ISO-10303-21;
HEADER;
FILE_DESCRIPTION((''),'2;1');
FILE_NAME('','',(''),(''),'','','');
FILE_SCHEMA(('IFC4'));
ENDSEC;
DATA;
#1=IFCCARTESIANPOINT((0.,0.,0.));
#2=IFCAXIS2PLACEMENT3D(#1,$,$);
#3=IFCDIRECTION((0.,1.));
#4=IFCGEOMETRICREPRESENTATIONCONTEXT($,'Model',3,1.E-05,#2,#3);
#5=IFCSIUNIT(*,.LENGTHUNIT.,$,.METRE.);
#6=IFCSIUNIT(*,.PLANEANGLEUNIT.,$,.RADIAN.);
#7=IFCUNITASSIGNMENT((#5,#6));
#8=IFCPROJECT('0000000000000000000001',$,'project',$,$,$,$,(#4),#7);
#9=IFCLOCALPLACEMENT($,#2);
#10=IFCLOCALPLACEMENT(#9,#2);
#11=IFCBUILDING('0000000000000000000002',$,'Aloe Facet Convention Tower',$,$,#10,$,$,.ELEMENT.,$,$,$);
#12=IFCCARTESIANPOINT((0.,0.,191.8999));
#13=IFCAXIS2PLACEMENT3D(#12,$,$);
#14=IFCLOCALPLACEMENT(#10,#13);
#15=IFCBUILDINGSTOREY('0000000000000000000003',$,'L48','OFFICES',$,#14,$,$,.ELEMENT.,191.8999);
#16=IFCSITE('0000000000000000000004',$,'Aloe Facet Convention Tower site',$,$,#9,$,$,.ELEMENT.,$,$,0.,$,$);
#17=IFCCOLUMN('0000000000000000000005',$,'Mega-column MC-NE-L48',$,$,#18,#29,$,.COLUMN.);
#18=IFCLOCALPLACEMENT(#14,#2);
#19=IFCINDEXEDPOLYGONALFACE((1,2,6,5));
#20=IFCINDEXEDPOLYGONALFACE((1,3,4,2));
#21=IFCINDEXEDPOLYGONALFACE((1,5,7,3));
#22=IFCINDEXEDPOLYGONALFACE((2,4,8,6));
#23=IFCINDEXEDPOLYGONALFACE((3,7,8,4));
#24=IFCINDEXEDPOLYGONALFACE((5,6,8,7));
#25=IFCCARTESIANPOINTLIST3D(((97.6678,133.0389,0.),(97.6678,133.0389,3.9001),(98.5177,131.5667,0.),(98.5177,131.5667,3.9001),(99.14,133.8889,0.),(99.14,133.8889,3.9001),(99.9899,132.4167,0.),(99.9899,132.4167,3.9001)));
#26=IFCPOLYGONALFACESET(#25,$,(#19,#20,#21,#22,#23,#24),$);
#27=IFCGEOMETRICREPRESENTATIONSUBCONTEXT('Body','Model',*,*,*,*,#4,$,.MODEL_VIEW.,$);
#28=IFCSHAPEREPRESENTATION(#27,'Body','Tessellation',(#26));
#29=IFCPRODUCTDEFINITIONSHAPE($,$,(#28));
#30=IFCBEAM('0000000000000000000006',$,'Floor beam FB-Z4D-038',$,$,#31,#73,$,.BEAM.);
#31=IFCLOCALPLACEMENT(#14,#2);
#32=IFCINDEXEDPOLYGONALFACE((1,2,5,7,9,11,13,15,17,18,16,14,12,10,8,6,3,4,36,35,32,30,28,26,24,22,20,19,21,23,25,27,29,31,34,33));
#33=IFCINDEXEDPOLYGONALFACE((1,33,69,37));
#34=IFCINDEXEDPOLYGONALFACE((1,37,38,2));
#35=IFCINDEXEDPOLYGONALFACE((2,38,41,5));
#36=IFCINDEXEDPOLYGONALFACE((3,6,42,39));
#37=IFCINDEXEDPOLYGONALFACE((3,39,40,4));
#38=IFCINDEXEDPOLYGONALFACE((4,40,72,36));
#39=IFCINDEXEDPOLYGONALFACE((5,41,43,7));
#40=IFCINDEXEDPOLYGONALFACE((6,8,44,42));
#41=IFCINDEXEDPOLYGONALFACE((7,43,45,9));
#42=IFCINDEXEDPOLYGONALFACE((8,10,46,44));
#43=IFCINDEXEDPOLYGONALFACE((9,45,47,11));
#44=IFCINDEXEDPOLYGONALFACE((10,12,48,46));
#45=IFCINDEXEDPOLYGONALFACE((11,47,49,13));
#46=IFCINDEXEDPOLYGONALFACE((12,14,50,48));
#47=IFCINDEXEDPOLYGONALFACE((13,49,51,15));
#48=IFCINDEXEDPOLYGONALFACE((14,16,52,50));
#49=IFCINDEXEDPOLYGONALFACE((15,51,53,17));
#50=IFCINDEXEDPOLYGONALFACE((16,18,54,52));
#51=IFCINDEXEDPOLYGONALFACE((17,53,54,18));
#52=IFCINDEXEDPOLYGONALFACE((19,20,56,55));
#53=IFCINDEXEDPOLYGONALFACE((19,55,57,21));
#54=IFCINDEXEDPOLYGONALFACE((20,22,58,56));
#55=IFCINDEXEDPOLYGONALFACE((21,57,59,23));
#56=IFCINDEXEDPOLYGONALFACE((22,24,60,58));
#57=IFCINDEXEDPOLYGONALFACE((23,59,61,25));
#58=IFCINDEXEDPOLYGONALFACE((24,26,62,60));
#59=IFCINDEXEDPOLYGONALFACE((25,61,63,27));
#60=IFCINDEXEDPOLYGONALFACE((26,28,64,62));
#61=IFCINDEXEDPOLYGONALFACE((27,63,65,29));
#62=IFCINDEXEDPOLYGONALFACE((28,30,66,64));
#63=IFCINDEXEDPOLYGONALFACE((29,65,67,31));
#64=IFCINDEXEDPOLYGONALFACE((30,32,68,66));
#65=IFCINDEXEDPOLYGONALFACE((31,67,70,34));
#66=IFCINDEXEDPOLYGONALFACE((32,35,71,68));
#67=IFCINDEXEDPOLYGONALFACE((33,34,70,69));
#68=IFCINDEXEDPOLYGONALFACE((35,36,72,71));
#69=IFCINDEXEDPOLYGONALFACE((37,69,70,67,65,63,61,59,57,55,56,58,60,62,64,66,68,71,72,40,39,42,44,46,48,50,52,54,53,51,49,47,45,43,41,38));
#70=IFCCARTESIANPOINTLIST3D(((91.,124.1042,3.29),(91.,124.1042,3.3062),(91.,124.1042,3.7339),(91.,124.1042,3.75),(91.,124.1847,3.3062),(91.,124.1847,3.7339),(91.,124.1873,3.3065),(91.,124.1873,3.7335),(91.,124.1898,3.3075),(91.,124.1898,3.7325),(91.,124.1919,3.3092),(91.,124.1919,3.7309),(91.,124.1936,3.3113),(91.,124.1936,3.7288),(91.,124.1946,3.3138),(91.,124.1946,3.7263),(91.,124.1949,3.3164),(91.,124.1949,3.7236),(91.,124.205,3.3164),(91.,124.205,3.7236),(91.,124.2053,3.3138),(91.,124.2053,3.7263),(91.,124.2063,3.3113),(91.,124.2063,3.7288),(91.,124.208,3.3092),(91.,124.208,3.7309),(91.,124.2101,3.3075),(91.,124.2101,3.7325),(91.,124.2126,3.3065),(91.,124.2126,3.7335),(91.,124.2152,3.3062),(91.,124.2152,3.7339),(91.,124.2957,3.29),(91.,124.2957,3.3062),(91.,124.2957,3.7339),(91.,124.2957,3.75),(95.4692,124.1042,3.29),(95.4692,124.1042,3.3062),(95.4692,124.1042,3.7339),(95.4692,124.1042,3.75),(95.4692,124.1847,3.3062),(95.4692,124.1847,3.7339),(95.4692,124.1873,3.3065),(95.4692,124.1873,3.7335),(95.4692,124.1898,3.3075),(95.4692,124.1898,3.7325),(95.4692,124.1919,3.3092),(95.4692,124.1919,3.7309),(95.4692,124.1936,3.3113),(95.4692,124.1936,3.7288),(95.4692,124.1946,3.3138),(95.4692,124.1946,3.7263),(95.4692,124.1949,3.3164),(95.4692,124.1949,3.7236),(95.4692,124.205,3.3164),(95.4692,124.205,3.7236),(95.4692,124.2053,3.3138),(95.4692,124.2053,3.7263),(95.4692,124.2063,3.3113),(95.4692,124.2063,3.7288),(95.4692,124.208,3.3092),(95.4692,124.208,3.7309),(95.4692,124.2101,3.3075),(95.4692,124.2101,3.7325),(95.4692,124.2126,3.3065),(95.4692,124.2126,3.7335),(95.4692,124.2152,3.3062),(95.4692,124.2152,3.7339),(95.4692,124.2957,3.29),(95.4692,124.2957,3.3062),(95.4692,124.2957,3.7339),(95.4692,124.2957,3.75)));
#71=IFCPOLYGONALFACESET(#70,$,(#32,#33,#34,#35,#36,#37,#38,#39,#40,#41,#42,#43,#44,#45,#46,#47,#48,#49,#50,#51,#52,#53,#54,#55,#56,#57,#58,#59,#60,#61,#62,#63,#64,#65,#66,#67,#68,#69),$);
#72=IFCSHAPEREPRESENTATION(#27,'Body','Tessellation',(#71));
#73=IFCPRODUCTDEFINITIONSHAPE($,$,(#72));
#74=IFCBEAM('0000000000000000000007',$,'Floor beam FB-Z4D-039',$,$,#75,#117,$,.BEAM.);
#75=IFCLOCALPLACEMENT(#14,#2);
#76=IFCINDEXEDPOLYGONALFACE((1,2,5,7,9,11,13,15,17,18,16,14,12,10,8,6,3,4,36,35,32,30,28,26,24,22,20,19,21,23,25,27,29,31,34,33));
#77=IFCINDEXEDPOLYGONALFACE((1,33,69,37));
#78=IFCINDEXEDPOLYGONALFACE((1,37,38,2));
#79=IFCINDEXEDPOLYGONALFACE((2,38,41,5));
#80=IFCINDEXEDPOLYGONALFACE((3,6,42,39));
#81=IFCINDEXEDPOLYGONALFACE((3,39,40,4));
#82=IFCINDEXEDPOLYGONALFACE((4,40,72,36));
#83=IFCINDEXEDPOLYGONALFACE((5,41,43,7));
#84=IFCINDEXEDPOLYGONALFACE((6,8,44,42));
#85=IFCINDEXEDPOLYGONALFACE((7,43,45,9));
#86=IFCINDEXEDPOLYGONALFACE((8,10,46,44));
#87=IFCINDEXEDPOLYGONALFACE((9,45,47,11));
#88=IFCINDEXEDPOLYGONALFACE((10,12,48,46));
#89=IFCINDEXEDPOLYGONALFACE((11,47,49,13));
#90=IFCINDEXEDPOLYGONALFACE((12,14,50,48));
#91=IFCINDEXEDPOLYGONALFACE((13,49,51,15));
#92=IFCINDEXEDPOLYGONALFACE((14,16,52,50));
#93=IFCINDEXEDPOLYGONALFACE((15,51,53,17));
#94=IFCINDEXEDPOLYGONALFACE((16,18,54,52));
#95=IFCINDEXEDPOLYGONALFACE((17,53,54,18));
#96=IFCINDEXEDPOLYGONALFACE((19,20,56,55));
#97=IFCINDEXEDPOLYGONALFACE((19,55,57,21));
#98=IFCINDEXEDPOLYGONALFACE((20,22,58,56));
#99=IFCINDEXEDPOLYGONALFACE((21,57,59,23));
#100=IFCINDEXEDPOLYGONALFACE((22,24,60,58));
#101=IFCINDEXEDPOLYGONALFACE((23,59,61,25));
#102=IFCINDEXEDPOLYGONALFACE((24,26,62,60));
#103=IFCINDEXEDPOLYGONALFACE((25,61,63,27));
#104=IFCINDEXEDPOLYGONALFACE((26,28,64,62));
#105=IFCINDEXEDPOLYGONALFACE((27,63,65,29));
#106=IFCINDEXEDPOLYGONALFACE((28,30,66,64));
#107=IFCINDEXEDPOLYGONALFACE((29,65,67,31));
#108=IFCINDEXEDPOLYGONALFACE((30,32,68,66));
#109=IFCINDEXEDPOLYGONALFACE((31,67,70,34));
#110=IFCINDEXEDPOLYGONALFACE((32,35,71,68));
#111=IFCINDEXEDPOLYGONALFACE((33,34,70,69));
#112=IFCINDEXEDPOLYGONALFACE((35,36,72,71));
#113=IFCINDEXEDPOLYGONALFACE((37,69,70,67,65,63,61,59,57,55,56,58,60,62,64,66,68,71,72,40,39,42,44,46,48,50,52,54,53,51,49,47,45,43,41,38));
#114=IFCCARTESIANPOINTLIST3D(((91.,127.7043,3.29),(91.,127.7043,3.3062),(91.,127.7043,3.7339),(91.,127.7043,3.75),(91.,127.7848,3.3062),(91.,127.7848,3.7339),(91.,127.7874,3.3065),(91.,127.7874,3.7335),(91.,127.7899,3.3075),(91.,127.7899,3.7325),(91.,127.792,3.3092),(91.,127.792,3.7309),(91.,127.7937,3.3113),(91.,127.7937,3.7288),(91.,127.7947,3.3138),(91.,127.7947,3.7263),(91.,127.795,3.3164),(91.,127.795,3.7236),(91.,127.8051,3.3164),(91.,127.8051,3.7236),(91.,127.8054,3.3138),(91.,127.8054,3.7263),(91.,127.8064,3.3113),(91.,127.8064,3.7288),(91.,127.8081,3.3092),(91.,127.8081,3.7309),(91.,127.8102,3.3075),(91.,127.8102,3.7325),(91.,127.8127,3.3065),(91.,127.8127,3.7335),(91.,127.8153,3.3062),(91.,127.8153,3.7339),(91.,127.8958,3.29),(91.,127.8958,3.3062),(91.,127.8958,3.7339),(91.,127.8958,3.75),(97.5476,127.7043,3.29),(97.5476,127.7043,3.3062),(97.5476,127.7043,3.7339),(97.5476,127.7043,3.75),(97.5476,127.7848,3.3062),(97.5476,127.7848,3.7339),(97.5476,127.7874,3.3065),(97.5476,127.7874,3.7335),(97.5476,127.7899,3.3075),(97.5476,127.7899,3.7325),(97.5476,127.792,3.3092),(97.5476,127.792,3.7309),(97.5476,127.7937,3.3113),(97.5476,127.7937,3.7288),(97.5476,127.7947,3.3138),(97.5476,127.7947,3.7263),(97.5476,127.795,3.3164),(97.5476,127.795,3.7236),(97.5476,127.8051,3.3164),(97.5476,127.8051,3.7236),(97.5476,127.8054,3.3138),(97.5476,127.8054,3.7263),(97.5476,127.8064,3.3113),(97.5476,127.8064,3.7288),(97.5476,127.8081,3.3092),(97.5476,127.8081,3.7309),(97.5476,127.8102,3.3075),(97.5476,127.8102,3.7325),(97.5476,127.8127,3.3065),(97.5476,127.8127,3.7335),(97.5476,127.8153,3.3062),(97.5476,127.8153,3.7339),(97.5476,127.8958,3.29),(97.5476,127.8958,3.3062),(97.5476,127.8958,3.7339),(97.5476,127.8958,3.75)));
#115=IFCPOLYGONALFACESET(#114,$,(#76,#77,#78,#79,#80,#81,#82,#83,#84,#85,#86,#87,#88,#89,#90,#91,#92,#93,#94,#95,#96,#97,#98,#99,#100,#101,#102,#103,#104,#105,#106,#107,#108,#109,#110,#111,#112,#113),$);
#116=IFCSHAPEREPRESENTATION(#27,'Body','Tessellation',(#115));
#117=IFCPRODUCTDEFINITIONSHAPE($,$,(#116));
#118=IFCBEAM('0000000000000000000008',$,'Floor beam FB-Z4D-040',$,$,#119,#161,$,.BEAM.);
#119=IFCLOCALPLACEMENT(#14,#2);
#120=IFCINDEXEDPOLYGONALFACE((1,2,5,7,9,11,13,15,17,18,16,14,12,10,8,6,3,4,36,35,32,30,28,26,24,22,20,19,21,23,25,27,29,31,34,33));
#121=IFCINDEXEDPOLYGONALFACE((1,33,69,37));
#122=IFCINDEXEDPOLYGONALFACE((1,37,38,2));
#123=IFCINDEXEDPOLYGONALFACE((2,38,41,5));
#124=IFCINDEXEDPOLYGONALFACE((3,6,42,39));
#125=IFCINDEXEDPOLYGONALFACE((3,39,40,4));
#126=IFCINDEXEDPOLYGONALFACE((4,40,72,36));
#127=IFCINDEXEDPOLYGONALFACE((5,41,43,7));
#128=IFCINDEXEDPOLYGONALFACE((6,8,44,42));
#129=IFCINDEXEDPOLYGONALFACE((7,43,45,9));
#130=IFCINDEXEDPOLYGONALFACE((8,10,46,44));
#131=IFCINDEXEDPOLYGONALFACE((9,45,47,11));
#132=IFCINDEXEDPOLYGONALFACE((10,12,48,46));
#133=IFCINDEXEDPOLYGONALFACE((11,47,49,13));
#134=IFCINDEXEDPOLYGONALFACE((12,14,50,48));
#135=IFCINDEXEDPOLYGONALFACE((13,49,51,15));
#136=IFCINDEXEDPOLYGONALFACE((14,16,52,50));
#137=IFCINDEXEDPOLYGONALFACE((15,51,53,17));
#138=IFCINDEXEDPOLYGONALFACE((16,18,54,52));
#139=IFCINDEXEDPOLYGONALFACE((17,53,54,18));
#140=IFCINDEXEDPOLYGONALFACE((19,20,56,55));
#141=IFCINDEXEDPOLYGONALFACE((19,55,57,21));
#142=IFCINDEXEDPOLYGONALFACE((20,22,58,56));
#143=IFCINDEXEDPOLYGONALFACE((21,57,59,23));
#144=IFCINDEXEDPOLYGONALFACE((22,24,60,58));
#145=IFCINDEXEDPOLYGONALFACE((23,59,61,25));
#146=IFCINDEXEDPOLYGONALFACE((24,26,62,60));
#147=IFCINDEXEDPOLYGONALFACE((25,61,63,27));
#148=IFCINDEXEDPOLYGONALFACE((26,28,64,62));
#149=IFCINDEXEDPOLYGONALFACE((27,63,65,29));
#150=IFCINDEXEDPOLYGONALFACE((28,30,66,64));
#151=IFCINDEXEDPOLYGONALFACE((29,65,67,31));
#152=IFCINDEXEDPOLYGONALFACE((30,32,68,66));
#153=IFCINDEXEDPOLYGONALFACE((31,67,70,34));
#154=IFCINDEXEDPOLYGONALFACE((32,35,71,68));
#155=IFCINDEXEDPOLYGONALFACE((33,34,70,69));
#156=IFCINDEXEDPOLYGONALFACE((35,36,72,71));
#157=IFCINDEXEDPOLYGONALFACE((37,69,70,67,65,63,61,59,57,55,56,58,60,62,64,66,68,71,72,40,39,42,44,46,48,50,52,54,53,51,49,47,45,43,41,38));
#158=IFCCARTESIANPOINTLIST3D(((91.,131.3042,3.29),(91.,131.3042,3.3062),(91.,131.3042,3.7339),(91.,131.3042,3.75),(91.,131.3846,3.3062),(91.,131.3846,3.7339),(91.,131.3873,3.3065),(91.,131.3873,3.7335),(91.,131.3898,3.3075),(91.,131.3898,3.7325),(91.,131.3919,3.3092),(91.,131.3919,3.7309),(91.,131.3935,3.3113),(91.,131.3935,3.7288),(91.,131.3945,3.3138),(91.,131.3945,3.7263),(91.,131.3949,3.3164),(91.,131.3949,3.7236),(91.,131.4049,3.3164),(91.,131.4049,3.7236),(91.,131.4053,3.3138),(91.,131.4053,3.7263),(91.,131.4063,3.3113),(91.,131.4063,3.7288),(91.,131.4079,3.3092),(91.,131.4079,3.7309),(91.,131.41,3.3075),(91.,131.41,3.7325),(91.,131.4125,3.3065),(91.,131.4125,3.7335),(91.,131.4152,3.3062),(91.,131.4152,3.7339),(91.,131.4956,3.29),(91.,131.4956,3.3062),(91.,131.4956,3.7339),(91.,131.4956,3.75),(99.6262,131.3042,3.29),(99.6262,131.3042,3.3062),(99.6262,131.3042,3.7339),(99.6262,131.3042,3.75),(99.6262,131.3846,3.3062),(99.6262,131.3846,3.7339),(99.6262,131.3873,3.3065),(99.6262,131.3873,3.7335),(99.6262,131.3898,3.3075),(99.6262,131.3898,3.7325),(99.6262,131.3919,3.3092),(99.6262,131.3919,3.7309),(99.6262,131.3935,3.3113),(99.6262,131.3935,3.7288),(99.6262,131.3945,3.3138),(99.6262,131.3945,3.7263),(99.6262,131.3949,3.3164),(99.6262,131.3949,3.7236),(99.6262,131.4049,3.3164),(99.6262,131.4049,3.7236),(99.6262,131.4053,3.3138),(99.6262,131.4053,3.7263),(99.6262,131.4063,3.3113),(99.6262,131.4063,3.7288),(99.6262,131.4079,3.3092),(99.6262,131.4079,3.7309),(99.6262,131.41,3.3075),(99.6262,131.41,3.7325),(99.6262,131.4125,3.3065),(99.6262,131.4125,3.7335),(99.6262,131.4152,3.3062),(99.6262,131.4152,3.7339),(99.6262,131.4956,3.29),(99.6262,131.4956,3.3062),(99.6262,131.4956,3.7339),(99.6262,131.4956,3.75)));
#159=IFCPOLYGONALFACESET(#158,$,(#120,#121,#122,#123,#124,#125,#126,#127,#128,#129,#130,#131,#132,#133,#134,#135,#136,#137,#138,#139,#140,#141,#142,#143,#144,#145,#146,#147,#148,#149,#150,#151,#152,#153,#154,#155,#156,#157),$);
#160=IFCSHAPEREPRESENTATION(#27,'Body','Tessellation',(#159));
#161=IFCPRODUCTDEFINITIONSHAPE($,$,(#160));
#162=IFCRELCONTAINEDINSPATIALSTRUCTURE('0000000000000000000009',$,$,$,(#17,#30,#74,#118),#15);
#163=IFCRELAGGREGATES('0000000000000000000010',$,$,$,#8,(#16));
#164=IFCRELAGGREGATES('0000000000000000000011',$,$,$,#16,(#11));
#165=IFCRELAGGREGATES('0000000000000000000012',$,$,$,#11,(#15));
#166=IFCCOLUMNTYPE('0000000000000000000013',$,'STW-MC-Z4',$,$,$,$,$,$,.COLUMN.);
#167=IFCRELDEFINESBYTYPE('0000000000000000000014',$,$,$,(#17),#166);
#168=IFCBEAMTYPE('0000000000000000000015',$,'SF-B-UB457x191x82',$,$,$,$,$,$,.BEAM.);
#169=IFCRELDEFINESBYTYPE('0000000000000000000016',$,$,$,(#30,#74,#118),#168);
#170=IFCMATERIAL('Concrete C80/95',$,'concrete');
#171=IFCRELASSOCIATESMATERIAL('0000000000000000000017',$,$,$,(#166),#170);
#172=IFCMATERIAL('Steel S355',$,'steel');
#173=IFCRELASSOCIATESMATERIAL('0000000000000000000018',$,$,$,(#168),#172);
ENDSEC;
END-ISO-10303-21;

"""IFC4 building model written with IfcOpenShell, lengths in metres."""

from ifc_helpers import new_model, si_unit, direction, frame, origin, origin_2d, place, context, subcontext, project, spatial, rectangle, i_section, extrude, material, material_profile, profile_set, type_object, element, save


model = new_model("IFC4")

# Units and contexts
model_context = context("Model", 3, precision=1e-05, world=origin(), true_north=direction((0.0, 1.0)))
body_context = subcontext(model_context, "Body", "Model", "MODEL_VIEW")
ifc_project = project(units=[si_unit("LENGTHUNIT", "METRE"), si_unit("PLANEANGLEUNIT", "RADIAN")], contexts=[model_context])

# Site, building, storey
site_placement = place(None, origin())
site = spatial("IfcSite", under=ifc_project, at=site_placement, Name="Aloe Facet Convention Tower site", CompositionType="ELEMENT", RefElevation=0.0)
building_placement = place(site_placement, origin())
building = spatial("IfcBuilding", under=site, at=building_placement, Name="Aloe Facet Convention Tower", CompositionType="ELEMENT")
storey_placement = place(building_placement, frame((0.0, 0.0, 191.8999)))
storey = spatial("IfcBuildingStorey", under=building, at=storey_placement, Name="L48", Description="OFFICES", CompositionType="ELEMENT", Elevation=191.8999)

# Column
ifc_material_1 = material(Name="Concrete C80/95", Category="concrete")
ifc_material_profile_1 = material_profile(ifc_material_1, rectangle(XDim=1.7, YDim=1.7, at=origin_2d()), Name="STW-MC-Z4")
ifc_profile_set_1 = profile_set([ifc_material_profile_1], Name="Concrete C80/95")
column_type = type_object("IfcColumnType", Name="STW-MC-Z4", PredefinedType="COLUMN", material=ifc_profile_set_1)
column_placement = place(storey_placement, frame((98.8289, 132.7278, 0.0), z_axis=(0.0, 0.0, 1.0), x_axis=(-0.5, 0.866025, 0.0)))
element("IfcColumn", 1, at=column_placement, inside=storey, type_object=column_type, Name="Mega-column MC-NE-L48", PredefinedType="COLUMN", context=body_context, shape_type="SweptSolid", body=[
    extrude(rectangle(XDim=1.7, YDim=1.7, at=origin_2d()), origin(), (0.0, 0.0, 1.0), 3.9001),
])

# Beams
ifc_material_2 = material(Name="Steel S355", Category="steel")
ifc_material_profile_2 = material_profile(ifc_material_2, i_section(OverallWidth=0.1914, OverallDepth=0.46, WebThickness=0.01, FlangeThickness=0.0161, FilletRadius=0.0103, at=origin_2d()), Name="UB 457x191x82")
ifc_profile_set_2 = profile_set([ifc_material_profile_2], Name="Steel S355")
beam_type_1 = type_object("IfcBeamType", Name="SF-B-UB457x191x82", PredefinedType="BEAM", material=ifc_profile_set_2)
beam_1_placement = place(storey_placement, frame((91.0, 124.2, 3.52), z_axis=(1.0, 0.0, 0.0), x_axis=(0.0, 1.0, 0.0)))
element("IfcBeam", 2, at=beam_1_placement, inside=storey, type_object=beam_type_1, Name="Floor beam FB-Z4D-038", PredefinedType="BEAM", context=body_context, shape_type="SweptSolid", body=[
    extrude(i_section(OverallWidth=0.1914, OverallDepth=0.46, WebThickness=0.01, FlangeThickness=0.0161, FilletRadius=0.0103, at=origin_2d()), origin(), (0.0, 0.0, 1.0), 4.4692),
])
beam_2_placement = place(storey_placement, frame((91.0, 127.8, 3.52), z_axis=(1.0, 0.0, 0.0), x_axis=(0.0, 1.0, 0.0)))
element("IfcBeam", 3, at=beam_2_placement, inside=storey, type_object=beam_type_1, Name="Floor beam FB-Z4D-039", PredefinedType="BEAM", context=body_context, shape_type="SweptSolid", body=[
    extrude(i_section(OverallWidth=0.1914, OverallDepth=0.46, WebThickness=0.01, FlangeThickness=0.0161, FilletRadius=0.0103, at=origin_2d()), origin(), (0.0, 0.0, 1.0), 6.5476),
])
beam_3_placement = place(storey_placement, frame((91.0, 131.3999, 3.52), z_axis=(1.0, 0.0, 0.0), x_axis=(0.0, 1.0, 0.0)))
element("IfcBeam", 4, at=beam_3_placement, inside=storey, type_object=beam_type_1, Name="Floor beam FB-Z4D-040", PredefinedType="BEAM", context=body_context, shape_type="SweptSolid", body=[
    extrude(i_section(OverallWidth=0.1914, OverallDepth=0.46, WebThickness=0.01, FlangeThickness=0.0161, FilletRadius=0.0103, at=origin_2d()), origin(), (0.0, 0.0, 1.0), 8.6262),
])

save(model, "model.ifc")
